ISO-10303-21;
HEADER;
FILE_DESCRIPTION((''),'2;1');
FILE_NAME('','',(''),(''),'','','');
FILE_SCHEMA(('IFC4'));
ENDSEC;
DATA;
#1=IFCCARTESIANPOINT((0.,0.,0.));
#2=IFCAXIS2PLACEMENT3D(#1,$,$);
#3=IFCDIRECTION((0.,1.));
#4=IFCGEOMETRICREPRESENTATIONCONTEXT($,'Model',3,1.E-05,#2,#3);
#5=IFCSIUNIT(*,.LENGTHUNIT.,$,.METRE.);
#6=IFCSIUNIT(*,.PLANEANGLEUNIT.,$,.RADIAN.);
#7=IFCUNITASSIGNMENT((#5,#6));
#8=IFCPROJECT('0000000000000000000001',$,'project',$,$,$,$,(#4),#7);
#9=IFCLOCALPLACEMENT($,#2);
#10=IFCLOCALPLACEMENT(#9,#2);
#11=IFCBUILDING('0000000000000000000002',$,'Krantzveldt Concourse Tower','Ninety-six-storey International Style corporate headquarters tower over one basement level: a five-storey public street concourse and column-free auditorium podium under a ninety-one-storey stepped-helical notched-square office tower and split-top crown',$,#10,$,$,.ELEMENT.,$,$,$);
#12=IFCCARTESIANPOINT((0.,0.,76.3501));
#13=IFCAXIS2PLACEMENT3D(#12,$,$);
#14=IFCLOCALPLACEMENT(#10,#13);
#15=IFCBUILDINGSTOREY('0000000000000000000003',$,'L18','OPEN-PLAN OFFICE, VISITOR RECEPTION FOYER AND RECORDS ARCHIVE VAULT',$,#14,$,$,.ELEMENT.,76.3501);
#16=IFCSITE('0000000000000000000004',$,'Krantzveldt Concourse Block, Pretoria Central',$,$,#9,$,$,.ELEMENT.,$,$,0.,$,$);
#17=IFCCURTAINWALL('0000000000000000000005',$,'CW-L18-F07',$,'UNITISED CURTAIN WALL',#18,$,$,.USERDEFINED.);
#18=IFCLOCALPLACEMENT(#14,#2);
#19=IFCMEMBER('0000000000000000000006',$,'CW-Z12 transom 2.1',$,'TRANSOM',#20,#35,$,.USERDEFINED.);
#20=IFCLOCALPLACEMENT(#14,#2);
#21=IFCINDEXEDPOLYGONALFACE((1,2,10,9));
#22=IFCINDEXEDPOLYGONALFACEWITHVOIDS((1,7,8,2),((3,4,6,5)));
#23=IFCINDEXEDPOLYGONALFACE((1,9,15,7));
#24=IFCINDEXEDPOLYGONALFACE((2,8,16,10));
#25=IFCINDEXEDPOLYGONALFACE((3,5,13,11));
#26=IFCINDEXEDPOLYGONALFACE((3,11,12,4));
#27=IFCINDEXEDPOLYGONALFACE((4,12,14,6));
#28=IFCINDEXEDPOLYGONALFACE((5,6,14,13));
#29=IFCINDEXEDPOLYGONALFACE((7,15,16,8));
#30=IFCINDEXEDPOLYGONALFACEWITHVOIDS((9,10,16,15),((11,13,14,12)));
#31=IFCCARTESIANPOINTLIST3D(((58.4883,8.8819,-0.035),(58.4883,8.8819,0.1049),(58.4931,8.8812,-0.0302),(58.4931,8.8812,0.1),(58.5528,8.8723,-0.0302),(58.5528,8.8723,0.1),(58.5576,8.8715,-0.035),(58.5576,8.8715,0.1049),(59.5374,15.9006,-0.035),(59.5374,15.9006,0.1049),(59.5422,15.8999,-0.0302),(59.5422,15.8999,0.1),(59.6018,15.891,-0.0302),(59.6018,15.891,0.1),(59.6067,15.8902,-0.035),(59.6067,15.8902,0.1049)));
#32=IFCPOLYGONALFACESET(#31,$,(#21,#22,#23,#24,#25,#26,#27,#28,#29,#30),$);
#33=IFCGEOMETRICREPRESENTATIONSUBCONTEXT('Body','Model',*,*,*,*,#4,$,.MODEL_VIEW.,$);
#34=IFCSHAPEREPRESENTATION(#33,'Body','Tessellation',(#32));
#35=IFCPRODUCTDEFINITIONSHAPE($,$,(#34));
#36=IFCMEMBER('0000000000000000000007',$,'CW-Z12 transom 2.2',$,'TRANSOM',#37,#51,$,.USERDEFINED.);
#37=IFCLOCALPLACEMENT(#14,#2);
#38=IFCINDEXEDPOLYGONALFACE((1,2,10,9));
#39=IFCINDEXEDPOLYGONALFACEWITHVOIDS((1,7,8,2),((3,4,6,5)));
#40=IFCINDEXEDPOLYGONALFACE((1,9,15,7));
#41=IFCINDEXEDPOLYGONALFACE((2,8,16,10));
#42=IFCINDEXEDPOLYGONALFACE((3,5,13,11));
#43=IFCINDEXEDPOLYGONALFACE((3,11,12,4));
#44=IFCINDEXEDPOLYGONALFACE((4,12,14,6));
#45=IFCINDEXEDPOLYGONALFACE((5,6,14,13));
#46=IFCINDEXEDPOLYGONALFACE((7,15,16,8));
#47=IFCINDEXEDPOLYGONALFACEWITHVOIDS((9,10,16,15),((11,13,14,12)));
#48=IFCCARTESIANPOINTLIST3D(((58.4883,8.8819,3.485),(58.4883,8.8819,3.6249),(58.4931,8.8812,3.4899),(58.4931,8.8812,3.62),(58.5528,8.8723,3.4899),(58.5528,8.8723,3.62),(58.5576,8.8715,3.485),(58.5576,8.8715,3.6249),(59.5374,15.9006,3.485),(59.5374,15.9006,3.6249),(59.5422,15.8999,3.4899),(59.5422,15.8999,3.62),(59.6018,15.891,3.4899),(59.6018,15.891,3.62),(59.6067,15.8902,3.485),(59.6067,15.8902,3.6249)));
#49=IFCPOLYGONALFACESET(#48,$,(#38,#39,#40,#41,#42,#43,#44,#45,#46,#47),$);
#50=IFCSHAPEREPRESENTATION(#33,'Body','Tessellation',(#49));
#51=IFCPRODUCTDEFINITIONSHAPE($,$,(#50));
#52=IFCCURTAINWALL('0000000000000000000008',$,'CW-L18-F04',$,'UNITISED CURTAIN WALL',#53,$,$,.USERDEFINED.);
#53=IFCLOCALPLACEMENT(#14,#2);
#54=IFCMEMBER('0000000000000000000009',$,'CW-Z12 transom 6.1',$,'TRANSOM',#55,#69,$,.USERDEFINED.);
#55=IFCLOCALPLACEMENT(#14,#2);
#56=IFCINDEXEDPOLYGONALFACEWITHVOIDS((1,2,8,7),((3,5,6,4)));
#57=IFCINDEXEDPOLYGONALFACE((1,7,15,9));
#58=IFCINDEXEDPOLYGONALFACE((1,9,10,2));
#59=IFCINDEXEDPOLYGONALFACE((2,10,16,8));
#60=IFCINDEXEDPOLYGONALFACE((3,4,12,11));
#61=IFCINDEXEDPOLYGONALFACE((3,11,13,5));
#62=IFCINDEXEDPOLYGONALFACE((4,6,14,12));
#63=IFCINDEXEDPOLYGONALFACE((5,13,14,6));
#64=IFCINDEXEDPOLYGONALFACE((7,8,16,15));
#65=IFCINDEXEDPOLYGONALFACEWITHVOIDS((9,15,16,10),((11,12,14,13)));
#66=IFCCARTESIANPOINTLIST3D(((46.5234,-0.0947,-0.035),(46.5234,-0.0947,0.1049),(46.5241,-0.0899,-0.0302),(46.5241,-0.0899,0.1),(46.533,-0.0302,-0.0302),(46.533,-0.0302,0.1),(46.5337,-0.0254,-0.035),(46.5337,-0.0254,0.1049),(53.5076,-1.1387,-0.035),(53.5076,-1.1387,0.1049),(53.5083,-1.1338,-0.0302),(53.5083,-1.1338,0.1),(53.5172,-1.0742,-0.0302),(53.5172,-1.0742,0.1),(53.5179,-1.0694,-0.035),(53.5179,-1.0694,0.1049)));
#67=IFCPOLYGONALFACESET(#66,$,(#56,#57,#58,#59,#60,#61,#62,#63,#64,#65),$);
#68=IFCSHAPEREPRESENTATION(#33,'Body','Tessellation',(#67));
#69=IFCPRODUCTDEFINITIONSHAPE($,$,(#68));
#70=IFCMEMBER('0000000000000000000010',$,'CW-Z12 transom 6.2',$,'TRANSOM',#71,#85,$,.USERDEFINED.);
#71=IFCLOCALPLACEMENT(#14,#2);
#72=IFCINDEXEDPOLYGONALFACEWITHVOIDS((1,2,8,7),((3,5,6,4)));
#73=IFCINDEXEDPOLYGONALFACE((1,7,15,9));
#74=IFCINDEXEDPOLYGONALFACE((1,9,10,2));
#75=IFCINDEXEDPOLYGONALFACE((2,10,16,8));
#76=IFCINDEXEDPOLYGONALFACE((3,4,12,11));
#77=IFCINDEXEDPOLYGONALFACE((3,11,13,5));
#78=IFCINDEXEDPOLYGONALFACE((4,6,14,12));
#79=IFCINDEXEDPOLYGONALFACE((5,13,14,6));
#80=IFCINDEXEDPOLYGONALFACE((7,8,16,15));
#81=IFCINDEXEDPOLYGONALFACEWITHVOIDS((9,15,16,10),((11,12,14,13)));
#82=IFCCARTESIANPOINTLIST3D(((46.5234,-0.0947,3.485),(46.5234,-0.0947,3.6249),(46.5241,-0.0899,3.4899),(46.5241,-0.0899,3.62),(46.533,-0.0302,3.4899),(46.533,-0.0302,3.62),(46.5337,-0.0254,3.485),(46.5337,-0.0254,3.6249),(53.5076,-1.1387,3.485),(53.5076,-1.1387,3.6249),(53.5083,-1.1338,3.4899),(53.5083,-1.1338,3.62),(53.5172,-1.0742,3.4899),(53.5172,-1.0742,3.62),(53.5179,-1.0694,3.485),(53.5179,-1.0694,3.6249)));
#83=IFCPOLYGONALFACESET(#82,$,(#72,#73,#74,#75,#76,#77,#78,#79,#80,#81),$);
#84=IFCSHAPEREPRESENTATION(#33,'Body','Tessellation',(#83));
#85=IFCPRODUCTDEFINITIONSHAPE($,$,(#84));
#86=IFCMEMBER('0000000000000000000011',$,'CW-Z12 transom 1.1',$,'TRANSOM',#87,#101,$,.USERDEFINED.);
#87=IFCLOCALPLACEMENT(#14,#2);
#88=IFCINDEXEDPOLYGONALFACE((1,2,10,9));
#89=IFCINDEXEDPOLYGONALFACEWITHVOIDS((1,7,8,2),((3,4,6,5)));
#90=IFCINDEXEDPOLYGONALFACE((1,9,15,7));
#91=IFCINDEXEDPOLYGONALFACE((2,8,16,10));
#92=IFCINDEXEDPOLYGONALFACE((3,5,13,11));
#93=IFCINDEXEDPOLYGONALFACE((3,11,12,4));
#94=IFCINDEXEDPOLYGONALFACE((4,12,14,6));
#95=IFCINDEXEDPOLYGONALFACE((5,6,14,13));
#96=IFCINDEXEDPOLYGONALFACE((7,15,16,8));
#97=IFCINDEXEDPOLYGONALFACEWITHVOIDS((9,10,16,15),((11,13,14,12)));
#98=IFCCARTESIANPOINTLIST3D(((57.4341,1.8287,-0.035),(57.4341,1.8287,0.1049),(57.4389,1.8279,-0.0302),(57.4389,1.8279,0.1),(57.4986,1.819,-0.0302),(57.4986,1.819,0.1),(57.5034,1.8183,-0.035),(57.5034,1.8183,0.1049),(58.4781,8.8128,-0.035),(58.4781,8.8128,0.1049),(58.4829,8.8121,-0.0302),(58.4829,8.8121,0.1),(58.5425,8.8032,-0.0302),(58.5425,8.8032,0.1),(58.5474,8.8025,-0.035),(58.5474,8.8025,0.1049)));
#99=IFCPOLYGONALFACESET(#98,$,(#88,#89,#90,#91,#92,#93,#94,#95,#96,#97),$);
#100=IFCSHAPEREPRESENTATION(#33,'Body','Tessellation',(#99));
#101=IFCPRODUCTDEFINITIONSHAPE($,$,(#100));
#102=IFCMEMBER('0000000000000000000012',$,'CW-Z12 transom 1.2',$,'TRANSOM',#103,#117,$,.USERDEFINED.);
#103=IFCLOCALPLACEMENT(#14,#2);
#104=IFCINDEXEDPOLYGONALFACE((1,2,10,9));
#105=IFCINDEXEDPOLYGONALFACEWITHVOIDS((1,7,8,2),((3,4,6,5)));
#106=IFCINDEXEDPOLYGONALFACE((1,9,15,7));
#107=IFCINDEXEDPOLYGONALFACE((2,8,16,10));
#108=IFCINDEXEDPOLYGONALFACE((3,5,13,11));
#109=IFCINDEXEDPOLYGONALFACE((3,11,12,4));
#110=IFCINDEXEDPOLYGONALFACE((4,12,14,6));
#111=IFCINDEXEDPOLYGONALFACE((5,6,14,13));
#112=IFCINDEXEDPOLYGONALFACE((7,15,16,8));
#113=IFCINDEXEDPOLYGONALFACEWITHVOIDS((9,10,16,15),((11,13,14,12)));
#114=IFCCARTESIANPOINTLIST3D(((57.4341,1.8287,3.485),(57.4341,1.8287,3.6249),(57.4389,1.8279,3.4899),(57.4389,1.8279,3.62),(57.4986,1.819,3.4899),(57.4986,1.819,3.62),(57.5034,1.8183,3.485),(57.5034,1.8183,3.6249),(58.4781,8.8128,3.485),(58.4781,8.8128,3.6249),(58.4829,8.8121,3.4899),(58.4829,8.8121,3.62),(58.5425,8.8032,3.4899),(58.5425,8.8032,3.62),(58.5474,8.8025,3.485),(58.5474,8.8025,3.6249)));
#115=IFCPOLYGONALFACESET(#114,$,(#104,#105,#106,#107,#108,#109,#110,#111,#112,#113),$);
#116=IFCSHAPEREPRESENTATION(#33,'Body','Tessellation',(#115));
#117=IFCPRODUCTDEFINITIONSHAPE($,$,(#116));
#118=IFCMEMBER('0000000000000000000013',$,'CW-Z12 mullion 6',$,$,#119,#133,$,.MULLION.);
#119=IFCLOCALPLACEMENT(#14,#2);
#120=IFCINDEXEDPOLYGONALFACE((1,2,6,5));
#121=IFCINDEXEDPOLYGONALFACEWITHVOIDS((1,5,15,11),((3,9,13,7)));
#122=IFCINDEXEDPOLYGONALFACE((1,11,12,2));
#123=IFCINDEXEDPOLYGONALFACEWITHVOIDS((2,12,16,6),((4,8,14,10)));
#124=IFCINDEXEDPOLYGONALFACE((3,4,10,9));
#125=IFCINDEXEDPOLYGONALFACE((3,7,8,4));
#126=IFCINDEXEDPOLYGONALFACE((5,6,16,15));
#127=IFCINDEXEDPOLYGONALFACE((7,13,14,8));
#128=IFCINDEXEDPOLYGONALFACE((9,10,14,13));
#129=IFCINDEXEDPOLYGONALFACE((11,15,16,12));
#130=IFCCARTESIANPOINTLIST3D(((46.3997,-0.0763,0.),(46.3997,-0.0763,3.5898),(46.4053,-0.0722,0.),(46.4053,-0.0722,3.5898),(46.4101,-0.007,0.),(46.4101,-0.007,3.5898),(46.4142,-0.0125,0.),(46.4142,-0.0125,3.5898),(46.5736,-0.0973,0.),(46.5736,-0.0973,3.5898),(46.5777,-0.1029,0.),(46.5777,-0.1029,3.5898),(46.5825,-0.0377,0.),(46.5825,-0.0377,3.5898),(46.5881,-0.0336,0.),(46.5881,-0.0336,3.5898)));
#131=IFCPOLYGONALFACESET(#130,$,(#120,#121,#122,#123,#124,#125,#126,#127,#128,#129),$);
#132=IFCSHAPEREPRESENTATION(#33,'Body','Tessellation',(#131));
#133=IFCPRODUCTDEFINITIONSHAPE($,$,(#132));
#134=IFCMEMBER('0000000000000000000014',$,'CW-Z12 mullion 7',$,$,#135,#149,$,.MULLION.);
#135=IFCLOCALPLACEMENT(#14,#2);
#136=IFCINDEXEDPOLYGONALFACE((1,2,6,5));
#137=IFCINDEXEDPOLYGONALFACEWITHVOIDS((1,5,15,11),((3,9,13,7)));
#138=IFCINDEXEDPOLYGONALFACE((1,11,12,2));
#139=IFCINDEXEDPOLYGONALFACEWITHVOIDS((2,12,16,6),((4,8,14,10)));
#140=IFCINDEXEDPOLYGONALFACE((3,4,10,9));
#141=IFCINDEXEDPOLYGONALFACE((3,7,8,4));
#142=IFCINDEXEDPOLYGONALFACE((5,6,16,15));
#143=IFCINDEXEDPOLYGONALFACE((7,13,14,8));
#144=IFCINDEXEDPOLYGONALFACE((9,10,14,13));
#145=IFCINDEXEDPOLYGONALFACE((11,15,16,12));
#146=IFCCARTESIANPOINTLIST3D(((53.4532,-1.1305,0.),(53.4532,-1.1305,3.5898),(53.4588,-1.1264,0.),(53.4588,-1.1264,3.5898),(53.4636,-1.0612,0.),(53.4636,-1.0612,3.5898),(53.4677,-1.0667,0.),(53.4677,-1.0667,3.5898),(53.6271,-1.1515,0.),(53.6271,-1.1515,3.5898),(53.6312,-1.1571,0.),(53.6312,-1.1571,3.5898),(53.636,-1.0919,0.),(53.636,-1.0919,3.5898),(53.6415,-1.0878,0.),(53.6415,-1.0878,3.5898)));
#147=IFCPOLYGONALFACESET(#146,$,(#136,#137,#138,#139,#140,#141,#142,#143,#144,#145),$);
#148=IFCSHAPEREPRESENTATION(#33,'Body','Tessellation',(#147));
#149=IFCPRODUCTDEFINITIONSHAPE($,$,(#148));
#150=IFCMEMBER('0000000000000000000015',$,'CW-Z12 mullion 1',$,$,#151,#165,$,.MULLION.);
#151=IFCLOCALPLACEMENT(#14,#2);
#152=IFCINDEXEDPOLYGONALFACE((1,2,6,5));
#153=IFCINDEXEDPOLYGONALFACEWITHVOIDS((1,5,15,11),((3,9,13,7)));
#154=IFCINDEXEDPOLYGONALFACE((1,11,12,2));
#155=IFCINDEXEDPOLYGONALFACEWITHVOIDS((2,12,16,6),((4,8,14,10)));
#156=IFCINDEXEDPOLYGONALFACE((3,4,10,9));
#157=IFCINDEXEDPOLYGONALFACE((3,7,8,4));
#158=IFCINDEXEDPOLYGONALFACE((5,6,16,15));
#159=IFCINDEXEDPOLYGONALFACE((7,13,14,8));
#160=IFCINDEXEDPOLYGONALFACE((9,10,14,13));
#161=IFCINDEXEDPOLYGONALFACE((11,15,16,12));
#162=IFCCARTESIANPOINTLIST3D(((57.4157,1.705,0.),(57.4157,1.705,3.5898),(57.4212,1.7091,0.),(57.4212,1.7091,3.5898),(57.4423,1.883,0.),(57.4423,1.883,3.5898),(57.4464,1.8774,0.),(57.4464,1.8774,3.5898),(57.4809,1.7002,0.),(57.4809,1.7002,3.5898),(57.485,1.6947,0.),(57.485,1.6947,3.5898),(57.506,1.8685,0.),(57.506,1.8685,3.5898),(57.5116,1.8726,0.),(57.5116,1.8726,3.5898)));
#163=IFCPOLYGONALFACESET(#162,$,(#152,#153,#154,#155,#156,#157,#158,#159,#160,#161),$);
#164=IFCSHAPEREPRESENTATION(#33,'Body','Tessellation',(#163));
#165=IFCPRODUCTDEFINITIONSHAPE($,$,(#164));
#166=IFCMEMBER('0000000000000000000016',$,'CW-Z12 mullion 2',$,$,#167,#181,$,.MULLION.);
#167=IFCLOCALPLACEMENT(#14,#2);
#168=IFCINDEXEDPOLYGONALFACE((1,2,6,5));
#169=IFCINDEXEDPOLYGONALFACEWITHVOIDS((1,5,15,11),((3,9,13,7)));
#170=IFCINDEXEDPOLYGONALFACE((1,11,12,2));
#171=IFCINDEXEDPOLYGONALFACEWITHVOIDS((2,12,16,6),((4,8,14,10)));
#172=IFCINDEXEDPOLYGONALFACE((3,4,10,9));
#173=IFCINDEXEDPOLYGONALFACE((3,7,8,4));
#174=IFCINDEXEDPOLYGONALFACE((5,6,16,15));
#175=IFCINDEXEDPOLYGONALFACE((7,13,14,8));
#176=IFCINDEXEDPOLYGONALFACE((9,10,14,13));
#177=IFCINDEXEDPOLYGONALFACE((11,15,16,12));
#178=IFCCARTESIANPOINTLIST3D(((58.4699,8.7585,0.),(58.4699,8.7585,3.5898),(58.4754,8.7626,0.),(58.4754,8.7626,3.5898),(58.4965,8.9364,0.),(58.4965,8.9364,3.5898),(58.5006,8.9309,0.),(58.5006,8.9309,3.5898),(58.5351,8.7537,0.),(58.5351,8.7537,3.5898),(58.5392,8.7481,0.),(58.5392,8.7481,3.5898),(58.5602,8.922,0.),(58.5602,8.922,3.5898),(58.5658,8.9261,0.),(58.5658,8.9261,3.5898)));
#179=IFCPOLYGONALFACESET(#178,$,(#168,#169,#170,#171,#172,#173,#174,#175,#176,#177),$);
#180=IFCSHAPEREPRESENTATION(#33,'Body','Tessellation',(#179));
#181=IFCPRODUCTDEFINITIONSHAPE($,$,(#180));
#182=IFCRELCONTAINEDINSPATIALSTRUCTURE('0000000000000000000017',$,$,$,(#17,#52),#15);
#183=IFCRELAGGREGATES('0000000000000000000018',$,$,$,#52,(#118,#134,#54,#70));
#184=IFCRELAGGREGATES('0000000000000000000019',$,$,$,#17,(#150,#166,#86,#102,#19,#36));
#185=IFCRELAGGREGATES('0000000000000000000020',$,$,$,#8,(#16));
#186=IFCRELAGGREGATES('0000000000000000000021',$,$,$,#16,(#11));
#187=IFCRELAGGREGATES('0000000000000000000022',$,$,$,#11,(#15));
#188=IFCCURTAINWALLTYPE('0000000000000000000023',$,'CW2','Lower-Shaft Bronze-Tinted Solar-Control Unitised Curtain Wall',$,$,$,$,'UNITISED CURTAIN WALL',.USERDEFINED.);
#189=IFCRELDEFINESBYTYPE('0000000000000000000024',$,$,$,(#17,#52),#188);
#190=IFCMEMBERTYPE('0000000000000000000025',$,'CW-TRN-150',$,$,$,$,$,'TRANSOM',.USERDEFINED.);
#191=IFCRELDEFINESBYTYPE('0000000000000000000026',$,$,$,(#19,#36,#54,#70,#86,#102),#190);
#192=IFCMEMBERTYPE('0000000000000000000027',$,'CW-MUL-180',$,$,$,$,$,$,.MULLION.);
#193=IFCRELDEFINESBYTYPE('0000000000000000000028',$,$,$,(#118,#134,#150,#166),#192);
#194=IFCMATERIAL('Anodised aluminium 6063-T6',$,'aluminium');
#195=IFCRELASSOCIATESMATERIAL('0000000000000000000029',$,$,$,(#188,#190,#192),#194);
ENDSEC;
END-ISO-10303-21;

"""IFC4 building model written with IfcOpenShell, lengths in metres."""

from ifc_helpers import new_model, si_unit, direction, frame, origin, origin_2d, place, context, subcontext, project, spatial, hollow_rectangle, extrude, source, transform, mapped, material, material_profile, profile_set, type_object, type_shapes, element, aggregate, save


model = new_model("IFC4")

# Units and contexts
model_context = context("Model", 3, precision=1e-05, world=origin(), true_north=direction((0.0, 1.0)))
body_context = subcontext(model_context, "Body", "Model", "MODEL_VIEW")
ifc_project = project(units=[si_unit("LENGTHUNIT", "METRE"), si_unit("PLANEANGLEUNIT", "RADIAN")], contexts=[model_context])

# Site, building, storey
site_placement = place(None, origin())
site = spatial("IfcSite", under=ifc_project, at=site_placement, Name="Krantzveldt Concourse Block, Pretoria Central", CompositionType="ELEMENT", RefElevation=0.0)
building_placement = place(site_placement, origin())
building = spatial("IfcBuilding", under=site, at=building_placement, Name="Krantzveldt Concourse Tower", Description="Ninety-six-storey International Style corporate headquarters tower over one basement level: a five-storey public street concourse and column-free auditorium podium under a ninety-one-storey stepped-helical notched-square office tower and split-top crown", CompositionType="ELEMENT")
storey_placement = place(building_placement, frame((0.0, 0.0, 76.3501)))
storey = spatial("IfcBuildingStorey", under=building, at=storey_placement, Name="L18", Description="OPEN-PLAN OFFICE, VISITOR RECEPTION FOYER AND RECORDS ARCHIVE VAULT", CompositionType="ELEMENT", Elevation=76.3501)

# Curtain walls, members
ifc_material_1 = material(Name="Anodised aluminium 6063-T6", Category="aluminium")
curtain_wall_type = type_object("IfcCurtainWallType", Name="CW2", Description="Lower-Shaft Bronze-Tinted Solar-Control Unitised Curtain Wall", ElementType="UNITISED CURTAIN WALL", PredefinedType="USERDEFINED", material=ifc_material_1)
curtain_wall_1_placement = place(storey_placement, origin())
curtain_wall_1 = element("IfcCurtainWall", 1, at=curtain_wall_1_placement, inside=storey, type_object=curtain_wall_type, Name="CW-L18-F07", ObjectType="UNITISED CURTAIN WALL", PredefinedType="USERDEFINED")
ifc_material_profile_1 = material_profile(ifc_material_1, hollow_rectangle(XDim=0.0701, YDim=0.1399, WallThickness=0.0049, at=origin_2d()), Name="Anodised aluminium 6063-T6", Category="aluminium")
ifc_profile_set_1 = profile_set([ifc_material_profile_1], Name="Anodised aluminium 6063-T6 - ALU-TRAN 140x70x5")
member_type_1 = type_object("IfcMemberType", Name="CW-TRN-150", ElementType="TRANSOM", PredefinedType="USERDEFINED", material=ifc_profile_set_1)
shared_shape_1 = source(origin(), body_context, "Body", "SweptSolid", [
    extrude(hollow_rectangle(XDim=0.0701, YDim=0.1399, WallThickness=0.0049, at=origin_2d()), origin(), (0.0, 0.0, 1.0), 7.0967),
])
member_1_placement = place(storey_placement, frame((58.5229, 8.8767, 0.0349), z_axis=(0.147824, 0.989014, 0.0), x_axis=(-0.989014, 0.147824, 0.0)))
member_1 = element("IfcMember", 2, at=member_1_placement, type_object=member_type_1, Name="CW-Z12 transom 2.1", ObjectType="TRANSOM", PredefinedType="USERDEFINED", context=body_context, shape_type="MappedRepresentation", body=[
    mapped(shared_shape_1, transform((0.0, 0.0, 0.0), x_axis=(1.0, 0.0, 0.0), y_axis=(0.0, 1.0, 0.0), z_axis=(0.0, 0.0, 1.0), scale=1.0)),
])
member_2_placement = place(storey_placement, frame((58.5229, 8.8767, 3.5549), z_axis=(0.147824, 0.989014, 0.0), x_axis=(-0.989014, 0.147824, 0.0)))
member_2 = element("IfcMember", 3, at=member_2_placement, type_object=member_type_1, Name="CW-Z12 transom 2.2", ObjectType="TRANSOM", PredefinedType="USERDEFINED", context=body_context, shape_type="MappedRepresentation", body=[
    mapped(shared_shape_1, transform((0.0, 0.0, 0.0), x_axis=(1.0, 0.0, 0.0), y_axis=(0.0, 1.0, 0.0), z_axis=(0.0, 0.0, 1.0), scale=1.0)),
])
curtain_wall_2_placement = place(storey_placement, origin())
curtain_wall_2 = element("IfcCurtainWall", 4, at=curtain_wall_2_placement, inside=storey, type_object=curtain_wall_type, Name="CW-L18-F04", ObjectType="UNITISED CURTAIN WALL", PredefinedType="USERDEFINED")
shared_shape_2 = source(origin(), body_context, "Body", "SweptSolid", [
    extrude(hollow_rectangle(XDim=0.0701, YDim=0.1399, WallThickness=0.0049, at=origin_2d()), origin(), (0.0, 0.0, 1.0), 7.0618),
])
type_shapes(member_type_1, [shared_shape_1, shared_shape_2])
member_3_placement = place(storey_placement, frame((46.5286, -0.0601, 0.0349), z_axis=(0.989013, -0.147832, 0.0), x_axis=(0.147832, 0.989013, 0.0)))
member_3 = element("IfcMember", 5, at=member_3_placement, type_object=member_type_1, Name="CW-Z12 transom 6.1", ObjectType="TRANSOM", PredefinedType="USERDEFINED", context=body_context, shape_type="MappedRepresentation", body=[
    mapped(shared_shape_2, transform((0.0, 0.0, 0.0), x_axis=(1.0, 0.0, 0.0), y_axis=(0.0, 1.0, 0.0), z_axis=(0.0, 0.0, 1.0), scale=1.0)),
])
member_4_placement = place(storey_placement, frame((46.5286, -0.0601, 3.5549), z_axis=(0.989013, -0.147832, 0.0), x_axis=(0.147832, 0.989013, 0.0)))
member_4 = element("IfcMember", 6, at=member_4_placement, type_object=member_type_1, Name="CW-Z12 transom 6.2", ObjectType="TRANSOM", PredefinedType="USERDEFINED", context=body_context, shape_type="MappedRepresentation", body=[
    mapped(shared_shape_2, transform((0.0, 0.0, 0.0), x_axis=(1.0, 0.0, 0.0), y_axis=(0.0, 1.0, 0.0), z_axis=(0.0, 0.0, 1.0), scale=1.0)),
])

# Members
member_5_placement = place(storey_placement, frame((57.4688, 1.8235, 0.0349), z_axis=(0.147832, 0.989013, 0.0), x_axis=(-0.989013, 0.147832, 0.0)))
member_5 = element("IfcMember", 7, at=member_5_placement, type_object=member_type_1, Name="CW-Z12 transom 1.1", ObjectType="TRANSOM", PredefinedType="USERDEFINED", context=body_context, shape_type="MappedRepresentation", body=[
    mapped(shared_shape_2, transform((0.0, 0.0, 0.0), x_axis=(1.0, 0.0, 0.0), y_axis=(0.0, 1.0, 0.0), z_axis=(0.0, 0.0, 1.0), scale=1.0)),
])
member_6_placement = place(storey_placement, frame((57.4688, 1.8235, 3.5549), z_axis=(0.147832, 0.989013, 0.0), x_axis=(-0.989013, 0.147832, 0.0)))
member_6 = element("IfcMember", 8, at=member_6_placement, type_object=member_type_1, Name="CW-Z12 transom 1.2", ObjectType="TRANSOM", PredefinedType="USERDEFINED", context=body_context, shape_type="MappedRepresentation", body=[
    mapped(shared_shape_2, transform((0.0, 0.0, 0.0), x_axis=(1.0, 0.0, 0.0), y_axis=(0.0, 1.0, 0.0), z_axis=(0.0, 0.0, 1.0), scale=1.0)),
])
ifc_material_profile_2 = material_profile(ifc_material_1, hollow_rectangle(XDim=0.0701, YDim=0.1799, WallThickness=0.0049, at=origin_2d()), Name="Anodised aluminium 6063-T6", Category="aluminium")
ifc_profile_set_2 = profile_set([ifc_material_profile_2], Name="Anodised aluminium 6063-T6 - ALU-MULL 180x70x5")
member_type_2 = type_object("IfcMemberType", Name="CW-MUL-180", PredefinedType="MULLION", material=ifc_profile_set_2)
shared_shape_3 = source(origin(), body_context, "Body", "SweptSolid", [
    extrude(hollow_rectangle(XDim=0.0701, YDim=0.1799, WallThickness=0.0049, at=origin_2d()), origin(), (0.0, 0.0, 1.0), 3.5898),
])
type_shapes(member_type_2, [shared_shape_3])
member_7_placement = place(storey_placement, frame((46.4939, -0.0549, 0.0), z_axis=(0.0, 0.0, 1.0), x_axis=(0.14781, 0.989016, 0.0)))
member_7 = element("IfcMember", 9, at=member_7_placement, type_object=member_type_2, Name="CW-Z12 mullion 6", PredefinedType="MULLION", context=body_context, shape_type="MappedRepresentation", body=[
    mapped(shared_shape_3, transform((0.0, 0.0, 0.0), x_axis=(1.0, 0.0, 0.0), y_axis=(0.0, 1.0, 0.0), z_axis=(0.0, 0.0, 1.0), scale=1.0)),
])
member_8_placement = place(storey_placement, frame((53.5474, -1.1091, 0.0), z_axis=(0.0, 0.0, 1.0), x_axis=(0.14781, 0.989016, 0.0)))
member_8 = element("IfcMember", 10, at=member_8_placement, type_object=member_type_2, Name="CW-Z12 mullion 7", PredefinedType="MULLION", context=body_context, shape_type="MappedRepresentation", body=[
    mapped(shared_shape_3, transform((0.0, 0.0, 0.0), x_axis=(1.0, 0.0, 0.0), y_axis=(0.0, 1.0, 0.0), z_axis=(0.0, 0.0, 1.0), scale=1.0)),
])
member_9_placement = place(storey_placement, frame((57.4636, 1.7888, 0.0), z_axis=(0.0, 0.0, 1.0), x_axis=(-0.989016, 0.14781, 0.0)))
member_9 = element("IfcMember", 11, at=member_9_placement, type_object=member_type_2, Name="CW-Z12 mullion 1", PredefinedType="MULLION", context=body_context, shape_type="MappedRepresentation", body=[
    mapped(shared_shape_3, transform((0.0, 0.0, 0.0), x_axis=(1.0, 0.0, 0.0), y_axis=(0.0, 1.0, 0.0), z_axis=(0.0, 0.0, 1.0), scale=1.0)),
])
member_10_placement = place(storey_placement, frame((58.5178, 8.8423, 0.0), z_axis=(0.0, 0.0, 1.0), x_axis=(-0.989016, 0.14781, 0.0)))
member_10 = element("IfcMember", 12, at=member_10_placement, type_object=member_type_2, Name="CW-Z12 mullion 2", PredefinedType="MULLION", context=body_context, shape_type="MappedRepresentation", body=[
    mapped(shared_shape_3, transform((0.0, 0.0, 0.0), x_axis=(1.0, 0.0, 0.0), y_axis=(0.0, 1.0, 0.0), z_axis=(0.0, 0.0, 1.0), scale=1.0)),
])

aggregate(curtain_wall_2, [member_7, member_8, member_3, member_4])
aggregate(curtain_wall_1, [member_9, member_10, member_5, member_6, member_1, member_2])

save(model, "model.ifc")
